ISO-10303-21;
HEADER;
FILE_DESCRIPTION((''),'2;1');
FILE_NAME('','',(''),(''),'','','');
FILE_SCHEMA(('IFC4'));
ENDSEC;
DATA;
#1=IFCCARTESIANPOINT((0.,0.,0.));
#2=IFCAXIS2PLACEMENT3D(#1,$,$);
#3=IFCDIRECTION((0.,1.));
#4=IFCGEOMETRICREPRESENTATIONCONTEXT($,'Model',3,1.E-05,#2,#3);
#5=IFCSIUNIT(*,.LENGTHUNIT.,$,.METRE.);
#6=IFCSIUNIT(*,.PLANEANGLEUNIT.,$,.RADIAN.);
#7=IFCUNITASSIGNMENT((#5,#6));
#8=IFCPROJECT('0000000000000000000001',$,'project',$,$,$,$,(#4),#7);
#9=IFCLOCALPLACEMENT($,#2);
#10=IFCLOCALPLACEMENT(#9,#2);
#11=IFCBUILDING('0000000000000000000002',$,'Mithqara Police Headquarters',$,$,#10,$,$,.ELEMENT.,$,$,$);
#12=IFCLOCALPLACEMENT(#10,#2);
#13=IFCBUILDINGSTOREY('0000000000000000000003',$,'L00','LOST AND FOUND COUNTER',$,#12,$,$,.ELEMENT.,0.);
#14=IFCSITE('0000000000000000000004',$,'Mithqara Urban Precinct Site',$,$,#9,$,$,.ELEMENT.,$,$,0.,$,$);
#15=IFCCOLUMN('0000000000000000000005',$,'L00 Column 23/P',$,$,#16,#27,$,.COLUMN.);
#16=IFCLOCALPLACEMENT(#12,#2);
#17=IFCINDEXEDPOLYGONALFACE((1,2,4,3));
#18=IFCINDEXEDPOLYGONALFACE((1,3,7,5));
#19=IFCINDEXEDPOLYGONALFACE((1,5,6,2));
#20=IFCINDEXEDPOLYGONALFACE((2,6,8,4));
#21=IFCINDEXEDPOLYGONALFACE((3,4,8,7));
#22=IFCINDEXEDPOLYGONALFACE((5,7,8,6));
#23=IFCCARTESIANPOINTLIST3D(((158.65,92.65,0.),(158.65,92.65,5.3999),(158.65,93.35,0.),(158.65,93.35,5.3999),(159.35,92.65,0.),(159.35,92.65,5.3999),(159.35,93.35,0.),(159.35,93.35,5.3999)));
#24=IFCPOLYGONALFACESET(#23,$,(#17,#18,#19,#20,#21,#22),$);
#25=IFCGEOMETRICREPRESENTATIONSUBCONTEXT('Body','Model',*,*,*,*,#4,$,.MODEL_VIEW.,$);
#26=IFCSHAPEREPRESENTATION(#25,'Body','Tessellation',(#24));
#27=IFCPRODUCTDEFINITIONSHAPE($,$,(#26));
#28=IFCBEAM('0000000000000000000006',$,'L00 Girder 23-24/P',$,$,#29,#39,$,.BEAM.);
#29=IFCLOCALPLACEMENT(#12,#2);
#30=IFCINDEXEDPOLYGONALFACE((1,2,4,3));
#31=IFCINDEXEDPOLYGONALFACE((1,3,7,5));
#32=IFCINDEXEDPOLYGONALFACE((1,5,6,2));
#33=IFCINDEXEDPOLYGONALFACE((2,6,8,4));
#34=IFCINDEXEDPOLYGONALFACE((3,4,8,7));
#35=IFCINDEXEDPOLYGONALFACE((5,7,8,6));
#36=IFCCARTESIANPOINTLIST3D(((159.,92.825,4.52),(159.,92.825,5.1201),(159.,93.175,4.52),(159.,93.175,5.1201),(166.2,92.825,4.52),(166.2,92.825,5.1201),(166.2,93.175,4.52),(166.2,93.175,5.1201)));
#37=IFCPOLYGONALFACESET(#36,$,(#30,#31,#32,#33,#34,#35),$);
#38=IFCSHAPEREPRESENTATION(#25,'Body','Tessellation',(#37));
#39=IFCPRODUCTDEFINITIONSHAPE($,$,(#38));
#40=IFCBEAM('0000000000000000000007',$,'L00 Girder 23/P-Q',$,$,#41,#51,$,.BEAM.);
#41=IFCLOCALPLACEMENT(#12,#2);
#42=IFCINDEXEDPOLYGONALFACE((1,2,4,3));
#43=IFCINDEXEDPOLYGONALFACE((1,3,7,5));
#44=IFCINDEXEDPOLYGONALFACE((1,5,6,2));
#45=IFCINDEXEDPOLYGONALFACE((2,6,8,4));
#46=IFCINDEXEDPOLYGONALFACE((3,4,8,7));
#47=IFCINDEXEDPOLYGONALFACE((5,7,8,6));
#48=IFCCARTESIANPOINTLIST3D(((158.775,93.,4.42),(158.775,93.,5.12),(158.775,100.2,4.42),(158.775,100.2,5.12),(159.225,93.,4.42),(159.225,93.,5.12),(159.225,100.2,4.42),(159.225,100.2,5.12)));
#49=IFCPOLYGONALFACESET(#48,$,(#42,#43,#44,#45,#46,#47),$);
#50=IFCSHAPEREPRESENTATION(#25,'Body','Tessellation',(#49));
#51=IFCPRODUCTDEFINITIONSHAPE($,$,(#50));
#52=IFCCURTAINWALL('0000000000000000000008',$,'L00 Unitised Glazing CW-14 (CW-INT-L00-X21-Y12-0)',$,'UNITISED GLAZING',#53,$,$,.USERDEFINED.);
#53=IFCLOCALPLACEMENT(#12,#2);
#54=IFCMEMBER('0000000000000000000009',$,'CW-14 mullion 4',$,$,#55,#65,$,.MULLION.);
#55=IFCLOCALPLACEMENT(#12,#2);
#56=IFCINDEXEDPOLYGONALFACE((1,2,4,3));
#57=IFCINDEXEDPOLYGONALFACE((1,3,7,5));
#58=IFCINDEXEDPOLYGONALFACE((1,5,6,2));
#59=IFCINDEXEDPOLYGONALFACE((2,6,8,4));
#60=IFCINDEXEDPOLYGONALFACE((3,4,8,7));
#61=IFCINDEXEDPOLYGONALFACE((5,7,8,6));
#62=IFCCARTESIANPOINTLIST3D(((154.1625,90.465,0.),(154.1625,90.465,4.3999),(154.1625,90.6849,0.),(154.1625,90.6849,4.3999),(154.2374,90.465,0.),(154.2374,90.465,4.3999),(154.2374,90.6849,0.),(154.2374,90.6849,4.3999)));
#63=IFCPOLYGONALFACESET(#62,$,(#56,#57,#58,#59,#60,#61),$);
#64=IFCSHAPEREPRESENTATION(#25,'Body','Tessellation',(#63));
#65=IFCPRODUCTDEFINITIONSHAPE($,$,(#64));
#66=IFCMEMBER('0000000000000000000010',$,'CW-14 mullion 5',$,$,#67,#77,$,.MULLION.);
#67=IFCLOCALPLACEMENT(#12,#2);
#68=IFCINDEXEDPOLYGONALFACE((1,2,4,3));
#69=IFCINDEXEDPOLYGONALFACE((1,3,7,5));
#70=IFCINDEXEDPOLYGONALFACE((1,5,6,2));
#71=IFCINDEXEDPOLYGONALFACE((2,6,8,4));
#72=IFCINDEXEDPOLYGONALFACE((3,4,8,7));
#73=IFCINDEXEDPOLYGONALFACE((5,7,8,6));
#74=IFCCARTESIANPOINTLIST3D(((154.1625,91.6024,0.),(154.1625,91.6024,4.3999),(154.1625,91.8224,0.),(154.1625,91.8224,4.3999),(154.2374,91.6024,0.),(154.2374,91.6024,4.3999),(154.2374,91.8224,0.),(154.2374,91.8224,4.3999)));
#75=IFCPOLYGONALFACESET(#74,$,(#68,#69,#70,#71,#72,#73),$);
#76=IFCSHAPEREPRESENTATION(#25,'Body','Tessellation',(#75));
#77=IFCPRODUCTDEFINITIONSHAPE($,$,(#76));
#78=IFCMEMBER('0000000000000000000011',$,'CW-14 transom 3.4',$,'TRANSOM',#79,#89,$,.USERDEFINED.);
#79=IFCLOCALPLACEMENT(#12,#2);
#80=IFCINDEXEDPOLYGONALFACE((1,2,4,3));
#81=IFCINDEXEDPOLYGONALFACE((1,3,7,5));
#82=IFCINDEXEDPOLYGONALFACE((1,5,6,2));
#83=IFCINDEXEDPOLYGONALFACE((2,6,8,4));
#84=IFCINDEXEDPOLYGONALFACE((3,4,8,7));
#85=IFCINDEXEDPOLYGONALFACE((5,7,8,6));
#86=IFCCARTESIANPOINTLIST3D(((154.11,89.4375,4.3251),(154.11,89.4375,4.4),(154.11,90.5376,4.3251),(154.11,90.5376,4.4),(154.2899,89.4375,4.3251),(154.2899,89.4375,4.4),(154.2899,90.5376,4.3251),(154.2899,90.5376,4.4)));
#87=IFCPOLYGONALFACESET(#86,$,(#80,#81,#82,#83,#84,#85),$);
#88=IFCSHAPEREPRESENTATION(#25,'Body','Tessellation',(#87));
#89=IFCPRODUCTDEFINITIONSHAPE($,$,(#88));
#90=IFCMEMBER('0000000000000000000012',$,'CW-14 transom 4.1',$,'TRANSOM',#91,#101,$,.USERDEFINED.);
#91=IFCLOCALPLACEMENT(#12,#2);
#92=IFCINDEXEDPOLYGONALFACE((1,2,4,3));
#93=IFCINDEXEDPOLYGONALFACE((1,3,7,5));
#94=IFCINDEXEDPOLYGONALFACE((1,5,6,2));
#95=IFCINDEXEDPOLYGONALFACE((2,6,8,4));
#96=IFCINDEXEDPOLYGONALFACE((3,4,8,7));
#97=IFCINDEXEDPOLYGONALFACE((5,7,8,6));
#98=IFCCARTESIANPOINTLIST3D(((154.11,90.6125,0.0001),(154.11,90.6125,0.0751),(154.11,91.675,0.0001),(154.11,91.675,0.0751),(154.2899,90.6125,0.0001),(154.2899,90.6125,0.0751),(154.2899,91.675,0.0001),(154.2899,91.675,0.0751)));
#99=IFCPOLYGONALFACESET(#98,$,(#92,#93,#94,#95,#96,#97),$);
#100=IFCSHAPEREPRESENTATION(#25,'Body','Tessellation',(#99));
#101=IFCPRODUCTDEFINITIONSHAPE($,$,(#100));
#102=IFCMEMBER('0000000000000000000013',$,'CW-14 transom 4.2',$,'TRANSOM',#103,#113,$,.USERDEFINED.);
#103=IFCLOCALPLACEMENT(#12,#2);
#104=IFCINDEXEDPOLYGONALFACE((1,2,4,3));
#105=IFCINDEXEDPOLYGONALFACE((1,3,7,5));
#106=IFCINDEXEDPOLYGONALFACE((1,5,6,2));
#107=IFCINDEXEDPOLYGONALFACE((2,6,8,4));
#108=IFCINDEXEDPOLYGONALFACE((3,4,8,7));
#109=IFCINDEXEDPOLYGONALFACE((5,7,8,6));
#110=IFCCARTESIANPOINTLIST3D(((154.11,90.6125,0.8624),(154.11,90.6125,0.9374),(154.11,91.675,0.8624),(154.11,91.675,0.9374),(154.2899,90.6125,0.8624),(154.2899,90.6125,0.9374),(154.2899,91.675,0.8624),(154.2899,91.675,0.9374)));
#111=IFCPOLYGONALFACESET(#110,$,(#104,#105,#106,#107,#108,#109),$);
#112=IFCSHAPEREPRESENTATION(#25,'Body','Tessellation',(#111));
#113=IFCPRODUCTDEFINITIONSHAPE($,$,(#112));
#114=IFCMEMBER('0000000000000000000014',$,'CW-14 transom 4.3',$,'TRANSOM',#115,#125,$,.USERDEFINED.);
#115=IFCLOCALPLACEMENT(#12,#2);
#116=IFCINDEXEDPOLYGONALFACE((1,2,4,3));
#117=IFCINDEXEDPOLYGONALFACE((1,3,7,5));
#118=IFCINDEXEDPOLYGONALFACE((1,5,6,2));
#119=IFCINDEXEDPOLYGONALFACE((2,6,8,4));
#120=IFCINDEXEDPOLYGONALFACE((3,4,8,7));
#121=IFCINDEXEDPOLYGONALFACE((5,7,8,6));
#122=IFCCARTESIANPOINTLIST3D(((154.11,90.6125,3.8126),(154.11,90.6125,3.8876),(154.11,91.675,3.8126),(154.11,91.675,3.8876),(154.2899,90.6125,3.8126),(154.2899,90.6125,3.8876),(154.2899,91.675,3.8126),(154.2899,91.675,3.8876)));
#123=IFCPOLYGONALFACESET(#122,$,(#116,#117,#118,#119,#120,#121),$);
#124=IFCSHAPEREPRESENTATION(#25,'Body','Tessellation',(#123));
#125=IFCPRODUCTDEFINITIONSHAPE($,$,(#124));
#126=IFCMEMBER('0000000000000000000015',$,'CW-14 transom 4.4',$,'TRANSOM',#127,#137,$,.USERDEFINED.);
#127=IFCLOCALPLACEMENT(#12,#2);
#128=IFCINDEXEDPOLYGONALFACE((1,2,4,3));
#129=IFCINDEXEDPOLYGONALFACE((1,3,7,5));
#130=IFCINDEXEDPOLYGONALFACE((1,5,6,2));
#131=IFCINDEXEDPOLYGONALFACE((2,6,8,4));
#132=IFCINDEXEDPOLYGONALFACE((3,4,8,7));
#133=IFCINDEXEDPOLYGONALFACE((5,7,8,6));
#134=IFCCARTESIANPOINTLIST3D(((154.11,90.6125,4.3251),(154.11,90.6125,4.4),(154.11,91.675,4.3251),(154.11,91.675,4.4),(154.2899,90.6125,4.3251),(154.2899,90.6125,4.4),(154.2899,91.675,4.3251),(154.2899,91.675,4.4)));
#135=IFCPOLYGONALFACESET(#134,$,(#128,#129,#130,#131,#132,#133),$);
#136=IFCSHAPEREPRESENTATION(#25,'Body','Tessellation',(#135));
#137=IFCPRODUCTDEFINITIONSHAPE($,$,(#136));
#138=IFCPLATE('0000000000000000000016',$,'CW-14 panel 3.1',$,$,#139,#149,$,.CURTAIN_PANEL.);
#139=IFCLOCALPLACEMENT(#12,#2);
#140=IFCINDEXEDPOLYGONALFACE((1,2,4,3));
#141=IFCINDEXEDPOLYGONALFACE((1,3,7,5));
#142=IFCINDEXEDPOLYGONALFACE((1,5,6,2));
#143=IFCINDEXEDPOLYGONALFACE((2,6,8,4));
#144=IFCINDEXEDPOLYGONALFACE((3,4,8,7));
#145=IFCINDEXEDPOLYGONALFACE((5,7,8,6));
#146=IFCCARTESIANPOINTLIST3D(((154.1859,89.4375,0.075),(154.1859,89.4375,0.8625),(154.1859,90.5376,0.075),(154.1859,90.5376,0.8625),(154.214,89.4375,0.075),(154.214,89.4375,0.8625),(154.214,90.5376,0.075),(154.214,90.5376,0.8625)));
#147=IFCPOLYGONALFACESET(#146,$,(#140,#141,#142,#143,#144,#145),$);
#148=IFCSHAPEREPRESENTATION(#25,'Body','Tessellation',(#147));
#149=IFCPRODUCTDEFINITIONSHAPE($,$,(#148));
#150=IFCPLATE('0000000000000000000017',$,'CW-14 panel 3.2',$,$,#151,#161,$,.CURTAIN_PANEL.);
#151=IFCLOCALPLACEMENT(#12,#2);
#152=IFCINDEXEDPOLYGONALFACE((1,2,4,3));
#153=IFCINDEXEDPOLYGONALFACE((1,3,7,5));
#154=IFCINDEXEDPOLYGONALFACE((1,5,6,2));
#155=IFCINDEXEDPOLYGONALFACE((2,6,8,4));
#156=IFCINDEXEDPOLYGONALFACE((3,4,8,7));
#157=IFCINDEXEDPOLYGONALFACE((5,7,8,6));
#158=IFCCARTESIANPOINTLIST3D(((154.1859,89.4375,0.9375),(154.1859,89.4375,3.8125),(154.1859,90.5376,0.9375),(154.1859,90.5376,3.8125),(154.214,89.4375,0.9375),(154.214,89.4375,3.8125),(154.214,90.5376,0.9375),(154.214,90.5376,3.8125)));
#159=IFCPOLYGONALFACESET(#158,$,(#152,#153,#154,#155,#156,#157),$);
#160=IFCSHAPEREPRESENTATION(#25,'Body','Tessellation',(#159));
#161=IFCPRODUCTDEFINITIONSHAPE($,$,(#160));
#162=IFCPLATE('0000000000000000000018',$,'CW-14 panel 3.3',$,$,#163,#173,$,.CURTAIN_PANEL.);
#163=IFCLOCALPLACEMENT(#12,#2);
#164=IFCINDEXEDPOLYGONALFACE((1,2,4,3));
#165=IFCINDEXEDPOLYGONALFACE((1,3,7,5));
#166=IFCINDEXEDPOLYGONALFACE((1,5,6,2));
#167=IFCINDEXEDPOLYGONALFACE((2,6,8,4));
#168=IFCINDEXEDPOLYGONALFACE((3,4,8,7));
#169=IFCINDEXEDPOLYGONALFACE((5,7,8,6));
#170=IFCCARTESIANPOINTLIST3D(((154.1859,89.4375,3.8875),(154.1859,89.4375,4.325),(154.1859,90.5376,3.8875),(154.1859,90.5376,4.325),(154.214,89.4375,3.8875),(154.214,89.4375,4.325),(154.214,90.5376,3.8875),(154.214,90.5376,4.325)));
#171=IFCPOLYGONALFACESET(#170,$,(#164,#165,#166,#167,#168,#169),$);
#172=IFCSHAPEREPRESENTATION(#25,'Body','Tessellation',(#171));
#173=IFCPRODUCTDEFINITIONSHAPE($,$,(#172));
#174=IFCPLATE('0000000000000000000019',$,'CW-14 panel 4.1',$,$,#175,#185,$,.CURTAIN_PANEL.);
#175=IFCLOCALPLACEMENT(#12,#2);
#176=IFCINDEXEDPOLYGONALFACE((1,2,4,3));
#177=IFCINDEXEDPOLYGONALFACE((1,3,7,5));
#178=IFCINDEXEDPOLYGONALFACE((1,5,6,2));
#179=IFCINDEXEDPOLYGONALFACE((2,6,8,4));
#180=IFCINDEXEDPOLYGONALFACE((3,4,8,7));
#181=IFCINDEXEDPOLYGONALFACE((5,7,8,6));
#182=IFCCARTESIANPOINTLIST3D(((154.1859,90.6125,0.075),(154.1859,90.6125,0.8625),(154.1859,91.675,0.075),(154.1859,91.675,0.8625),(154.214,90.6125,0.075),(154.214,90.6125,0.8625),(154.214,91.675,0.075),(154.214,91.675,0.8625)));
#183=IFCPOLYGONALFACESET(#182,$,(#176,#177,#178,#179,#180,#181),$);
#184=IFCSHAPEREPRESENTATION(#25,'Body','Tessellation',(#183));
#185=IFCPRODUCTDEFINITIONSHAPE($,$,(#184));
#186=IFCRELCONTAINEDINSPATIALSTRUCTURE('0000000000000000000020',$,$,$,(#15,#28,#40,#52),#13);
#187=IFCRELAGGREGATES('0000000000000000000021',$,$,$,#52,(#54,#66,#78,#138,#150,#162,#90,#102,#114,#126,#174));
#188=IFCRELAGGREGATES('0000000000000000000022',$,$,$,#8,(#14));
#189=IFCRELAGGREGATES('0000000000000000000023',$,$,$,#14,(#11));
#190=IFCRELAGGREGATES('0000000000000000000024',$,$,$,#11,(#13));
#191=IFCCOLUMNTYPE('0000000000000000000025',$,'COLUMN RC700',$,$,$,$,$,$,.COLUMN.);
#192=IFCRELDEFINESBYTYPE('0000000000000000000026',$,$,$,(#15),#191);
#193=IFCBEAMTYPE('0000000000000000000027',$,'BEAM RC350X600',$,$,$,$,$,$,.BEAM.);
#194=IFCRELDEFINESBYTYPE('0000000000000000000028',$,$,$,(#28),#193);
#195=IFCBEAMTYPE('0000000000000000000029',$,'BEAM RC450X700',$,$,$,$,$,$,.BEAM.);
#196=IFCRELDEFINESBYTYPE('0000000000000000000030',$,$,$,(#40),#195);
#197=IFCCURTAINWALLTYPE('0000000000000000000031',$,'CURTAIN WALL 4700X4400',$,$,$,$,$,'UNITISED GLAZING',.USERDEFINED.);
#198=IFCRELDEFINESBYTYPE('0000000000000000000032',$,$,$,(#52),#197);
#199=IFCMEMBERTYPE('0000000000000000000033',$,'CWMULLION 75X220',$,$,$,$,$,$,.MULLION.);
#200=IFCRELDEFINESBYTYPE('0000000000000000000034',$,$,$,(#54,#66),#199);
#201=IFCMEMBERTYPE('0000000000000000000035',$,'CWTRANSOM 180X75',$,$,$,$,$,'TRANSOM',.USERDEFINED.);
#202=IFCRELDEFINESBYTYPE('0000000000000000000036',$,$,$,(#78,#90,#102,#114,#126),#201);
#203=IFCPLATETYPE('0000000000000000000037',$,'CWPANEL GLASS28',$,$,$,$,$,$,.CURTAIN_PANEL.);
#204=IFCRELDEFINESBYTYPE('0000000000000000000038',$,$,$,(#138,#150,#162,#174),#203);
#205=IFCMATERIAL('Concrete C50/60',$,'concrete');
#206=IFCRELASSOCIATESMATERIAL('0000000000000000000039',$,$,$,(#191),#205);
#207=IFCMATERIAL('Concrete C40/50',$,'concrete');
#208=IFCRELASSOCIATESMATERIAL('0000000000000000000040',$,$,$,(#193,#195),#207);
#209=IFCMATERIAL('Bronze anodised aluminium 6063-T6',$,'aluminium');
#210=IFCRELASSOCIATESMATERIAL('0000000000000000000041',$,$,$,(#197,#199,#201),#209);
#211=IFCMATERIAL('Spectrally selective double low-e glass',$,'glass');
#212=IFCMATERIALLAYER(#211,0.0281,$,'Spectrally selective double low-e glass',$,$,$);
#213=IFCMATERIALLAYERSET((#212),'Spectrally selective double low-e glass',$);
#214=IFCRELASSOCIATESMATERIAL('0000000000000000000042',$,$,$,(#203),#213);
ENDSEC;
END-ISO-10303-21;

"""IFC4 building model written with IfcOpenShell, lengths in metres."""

from ifc_helpers import new_model, si_unit, direction, frame, origin, origin_2d, place, context, subcontext, project, spatial, rectangle, extrude, material, layer, layer_set, material_profile, profile_set, type_object, element, aggregate, save


model = new_model("IFC4")

# Units and contexts
model_context = context("Model", 3, precision=1e-05, world=origin(), true_north=direction((0.0, 1.0)))
body_context = subcontext(model_context, "Body", "Model", "MODEL_VIEW")
ifc_project = project(units=[si_unit("LENGTHUNIT", "METRE"), si_unit("PLANEANGLEUNIT", "RADIAN")], contexts=[model_context])

# Site, building, storey
site_placement = place(None, origin())
site = spatial("IfcSite", under=ifc_project, at=site_placement, Name="Mithqara Urban Precinct Site", CompositionType="ELEMENT", RefElevation=0.0)
building_placement = place(site_placement, origin())
building = spatial("IfcBuilding", under=site, at=building_placement, Name="Mithqara Police Headquarters", CompositionType="ELEMENT")
storey_placement = place(building_placement, origin())
storey = spatial("IfcBuildingStorey", under=building, at=storey_placement, Name="L00", Description="LOST AND FOUND COUNTER", CompositionType="ELEMENT", Elevation=0.0)

# Column
ifc_material_1 = material(Name="Concrete C50/60", Category="concrete")
ifc_material_profile_1 = material_profile(ifc_material_1, rectangle(XDim=0.7, YDim=0.7, at=origin_2d()), Name="RC 700x700")
ifc_profile_set_1 = profile_set([ifc_material_profile_1], Name="Concrete C50/60")
column_type = type_object("IfcColumnType", Name="COLUMN RC700", PredefinedType="COLUMN", material=ifc_profile_set_1)
column_placement = place(storey_placement, frame((159.0, 93.0, 0.0), z_axis=(0.0, 0.0, 1.0), x_axis=(1.0, 0.0, 0.0)))
element("IfcColumn", 1, at=column_placement, inside=storey, type_object=column_type, Name="L00 Column 23/P", PredefinedType="COLUMN", context=body_context, shape_type="SweptSolid", body=[
    extrude(rectangle(XDim=0.7, YDim=0.7, at=origin_2d()), origin(), (0.0, 0.0, 1.0), 5.3999),
])

# Beams
ifc_material_2 = material(Name="Concrete C40/50", Category="concrete")
ifc_material_profile_2 = material_profile(ifc_material_2, rectangle(XDim=0.3501, YDim=0.6001, at=origin_2d()), Name="RC 350x600")
ifc_profile_set_2 = profile_set([ifc_material_profile_2], Name="Concrete C40/50")
beam_type_1 = type_object("IfcBeamType", Name="BEAM RC350X600", PredefinedType="BEAM", material=ifc_profile_set_2)
beam_1_placement = place(storey_placement, frame((159.0, 93.0, 4.8201), z_axis=(1.0, 0.0, 0.0), x_axis=(0.0, 1.0, 0.0)))
element("IfcBeam", 2, at=beam_1_placement, inside=storey, type_object=beam_type_1, Name="L00 Girder 23-24/P", PredefinedType="BEAM", context=body_context, shape_type="SweptSolid", body=[
    extrude(rectangle(XDim=0.3501, YDim=0.6001, at=origin_2d()), origin(), (0.0, 0.0, 1.0), 7.2),
])
ifc_material_profile_3 = material_profile(ifc_material_2, rectangle(XDim=0.45, YDim=0.7, at=origin_2d()), Name="RC 450x700")
ifc_profile_set_3 = profile_set([ifc_material_profile_3], Name="Concrete C40/50")
beam_type_2 = type_object("IfcBeamType", Name="BEAM RC450X700", PredefinedType="BEAM", material=ifc_profile_set_3)
beam_2_placement = place(storey_placement, frame((159.0, 93.0, 4.77), z_axis=(0.0, 1.0, 0.0), x_axis=(-1.0, 0.0, 0.0)))
element("IfcBeam", 3, at=beam_2_placement, inside=storey, type_object=beam_type_2, Name="L00 Girder 23/P-Q", PredefinedType="BEAM", context=body_context, shape_type="SweptSolid", body=[
    extrude(rectangle(XDim=0.45, YDim=0.7, at=origin_2d()), origin(), (0.0, 0.0, 1.0), 7.2),
])

# Curtain wall, members, plates
ifc_material_3 = material(Name="Bronze anodised aluminium 6063-T6", Category="aluminium")
curtain_wall_type = type_object("IfcCurtainWallType", Name="CURTAIN WALL 4700X4400", ElementType="UNITISED GLAZING", PredefinedType="USERDEFINED", material=ifc_material_3)
curtain_wall_placement = place(storey_placement, origin())
curtain_wall = element("IfcCurtainWall", 4, at=curtain_wall_placement, inside=storey, type_object=curtain_wall_type, Name="L00 Unitised Glazing CW-14 (CW-INT-L00-X21-Y12-0)", ObjectType="UNITISED GLAZING", PredefinedType="USERDEFINED")
ifc_material_profile_4 = material_profile(ifc_material_3, rectangle(XDim=0.075, YDim=0.22, at=origin_2d()), Name="CWM 75x220")
ifc_profile_set_4 = profile_set([ifc_material_profile_4], Name="Bronze anodised aluminium 6063-T6")
member_type_1 = type_object("IfcMemberType", Name="CWMULLION 75X220", PredefinedType="MULLION", material=ifc_profile_set_4)
member_1_placement = place(storey_placement, frame((154.2, 90.575, 0.0), z_axis=(0.0, 0.0, 1.0), x_axis=(-1.0, 0.0, 0.0)))
member_1 = element("IfcMember", 5, at=member_1_placement, type_object=member_type_1, Name="CW-14 mullion 4", PredefinedType="MULLION", context=body_context, shape_type="SweptSolid", body=[
    extrude(rectangle(XDim=0.075, YDim=0.22, at=origin_2d()), origin(), (0.0, 0.0, 1.0), 4.3999),
])
member_2_placement = place(storey_placement, frame((154.2, 91.7124, 0.0), z_axis=(0.0, 0.0, 1.0), x_axis=(-1.0, 0.0, 0.0)))
member_2 = element("IfcMember", 6, at=member_2_placement, type_object=member_type_1, Name="CW-14 mullion 5", PredefinedType="MULLION", context=body_context, shape_type="SweptSolid", body=[
    extrude(rectangle(XDim=0.075, YDim=0.22, at=origin_2d()), origin(), (0.0, 0.0, 1.0), 4.3999),
])
ifc_material_profile_5 = material_profile(ifc_material_3, rectangle(XDim=0.1799, YDim=0.075, at=origin_2d()), Name="CWT 180x75")
ifc_profile_set_5 = profile_set([ifc_material_profile_5], Name="Bronze anodised aluminium 6063-T6")
member_type_2 = type_object("IfcMemberType", Name="CWTRANSOM 180X75", ElementType="TRANSOM", PredefinedType="USERDEFINED", material=ifc_profile_set_5)
member_3_placement = place(storey_placement, frame((154.2, 89.4375, 4.3625), z_axis=(0.0, 1.0, 0.0), x_axis=(-1.0, 0.0, 0.0)))
member_3 = element("IfcMember", 7, at=member_3_placement, type_object=member_type_2, Name="CW-14 transom 3.4", ObjectType="TRANSOM", PredefinedType="USERDEFINED", context=body_context, shape_type="SweptSolid", body=[
    extrude(rectangle(XDim=0.1799, YDim=0.075, at=origin_2d()), origin(), (0.0, 0.0, 1.0), 1.1001),
])
member_4_placement = place(storey_placement, frame((154.2, 90.6125, 0.0376), z_axis=(0.0, 1.0, 0.0), x_axis=(-1.0, 0.0, 0.0)))
member_4 = element("IfcMember", 8, at=member_4_placement, type_object=member_type_2, Name="CW-14 transom 4.1", ObjectType="TRANSOM", PredefinedType="USERDEFINED", context=body_context, shape_type="SweptSolid", body=[
    extrude(rectangle(XDim=0.1799, YDim=0.075, at=origin_2d()), origin(), (0.0, 0.0, 1.0), 1.0625),
])
member_5_placement = place(storey_placement, frame((154.2, 90.6125, 0.8999), z_axis=(0.0, 1.0, 0.0), x_axis=(-1.0, 0.0, 0.0)))
member_5 = element("IfcMember", 9, at=member_5_placement, type_object=member_type_2, Name="CW-14 transom 4.2", ObjectType="TRANSOM", PredefinedType="USERDEFINED", context=body_context, shape_type="SweptSolid", body=[
    extrude(rectangle(XDim=0.1799, YDim=0.075, at=origin_2d()), origin(), (0.0, 0.0, 1.0), 1.0625),
])
member_6_placement = place(storey_placement, frame((154.2, 90.6125, 3.8501), z_axis=(0.0, 1.0, 0.0), x_axis=(-1.0, 0.0, 0.0)))
member_6 = element("IfcMember", 10, at=member_6_placement, type_object=member_type_2, Name="CW-14 transom 4.3", ObjectType="TRANSOM", PredefinedType="USERDEFINED", context=body_context, shape_type="SweptSolid", body=[
    extrude(rectangle(XDim=0.1799, YDim=0.075, at=origin_2d()), origin(), (0.0, 0.0, 1.0), 1.0625),
])
member_7_placement = place(storey_placement, frame((154.2, 90.6125, 4.3625), z_axis=(0.0, 1.0, 0.0), x_axis=(-1.0, 0.0, 0.0)))
member_7 = element("IfcMember", 11, at=member_7_placement, type_object=member_type_2, Name="CW-14 transom 4.4", ObjectType="TRANSOM", PredefinedType="USERDEFINED", context=body_context, shape_type="SweptSolid", body=[
    extrude(rectangle(XDim=0.1799, YDim=0.075, at=origin_2d()), origin(), (0.0, 0.0, 1.0), 1.0625),
])
ifc_material_4 = material(Name="Spectrally selective double low-e glass", Category="glass")
ifc_layer_1 = layer(ifc_material_4, 0.0281, Name="Spectrally selective double low-e glass")
ifc_layer_set_1 = layer_set([ifc_layer_1], Name="Spectrally selective double low-e glass")
plate_type = type_object("IfcPlateType", Name="CWPANEL GLASS28", PredefinedType="CURTAIN_PANEL", material=ifc_layer_set_1)
plate_1_placement = place(storey_placement, frame((154.2, 89.9875, 0.075), z_axis=(0.0, 0.0, 1.0), x_axis=(0.0, 1.0, 0.0)))
plate_1 = element("IfcPlate", 12, at=plate_1_placement, type_object=plate_type, Name="CW-14 panel 3.1", PredefinedType="CURTAIN_PANEL", context=body_context, shape_type="SweptSolid", body=[
    extrude(rectangle(XDim=1.1001, YDim=0.0281, at=origin_2d()), origin(), (0.0, 0.0, 1.0), 0.7876),
])
plate_2_placement = place(storey_placement, frame((154.2, 89.9875, 0.9375), z_axis=(0.0, 0.0, 1.0), x_axis=(0.0, 1.0, 0.0)))
plate_2 = element("IfcPlate", 13, at=plate_2_placement, type_object=plate_type, Name="CW-14 panel 3.2", PredefinedType="CURTAIN_PANEL", context=body_context, shape_type="SweptSolid", body=[
    extrude(rectangle(XDim=1.1001, YDim=0.0281, at=origin_2d()), origin(), (0.0, 0.0, 1.0), 2.875),
])
plate_3_placement = place(storey_placement, frame((154.2, 89.9875, 3.8875), z_axis=(0.0, 0.0, 1.0), x_axis=(0.0, 1.0, 0.0)))
plate_3 = element("IfcPlate", 14, at=plate_3_placement, type_object=plate_type, Name="CW-14 panel 3.3", PredefinedType="CURTAIN_PANEL", context=body_context, shape_type="SweptSolid", body=[
    extrude(rectangle(XDim=1.1001, YDim=0.0281, at=origin_2d()), origin(), (0.0, 0.0, 1.0), 0.4375),
])
plate_4_placement = place(storey_placement, frame((154.2, 91.1438, 0.075), z_axis=(0.0, 0.0, 1.0), x_axis=(0.0, 1.0, 0.0)))
plate_4 = element("IfcPlate", 15, at=plate_4_placement, type_object=plate_type, Name="CW-14 panel 4.1", PredefinedType="CURTAIN_PANEL", context=body_context, shape_type="SweptSolid", body=[
    extrude(rectangle(XDim=1.0625, YDim=0.0281, at=origin_2d()), origin(), (0.0, 0.0, 1.0), 0.7876),
])
aggregate(curtain_wall, [member_1, member_2, member_3, plate_1, plate_2, plate_3, member_4, member_5, member_6, member_7, plate_4])

save(model, "model.ifc")
